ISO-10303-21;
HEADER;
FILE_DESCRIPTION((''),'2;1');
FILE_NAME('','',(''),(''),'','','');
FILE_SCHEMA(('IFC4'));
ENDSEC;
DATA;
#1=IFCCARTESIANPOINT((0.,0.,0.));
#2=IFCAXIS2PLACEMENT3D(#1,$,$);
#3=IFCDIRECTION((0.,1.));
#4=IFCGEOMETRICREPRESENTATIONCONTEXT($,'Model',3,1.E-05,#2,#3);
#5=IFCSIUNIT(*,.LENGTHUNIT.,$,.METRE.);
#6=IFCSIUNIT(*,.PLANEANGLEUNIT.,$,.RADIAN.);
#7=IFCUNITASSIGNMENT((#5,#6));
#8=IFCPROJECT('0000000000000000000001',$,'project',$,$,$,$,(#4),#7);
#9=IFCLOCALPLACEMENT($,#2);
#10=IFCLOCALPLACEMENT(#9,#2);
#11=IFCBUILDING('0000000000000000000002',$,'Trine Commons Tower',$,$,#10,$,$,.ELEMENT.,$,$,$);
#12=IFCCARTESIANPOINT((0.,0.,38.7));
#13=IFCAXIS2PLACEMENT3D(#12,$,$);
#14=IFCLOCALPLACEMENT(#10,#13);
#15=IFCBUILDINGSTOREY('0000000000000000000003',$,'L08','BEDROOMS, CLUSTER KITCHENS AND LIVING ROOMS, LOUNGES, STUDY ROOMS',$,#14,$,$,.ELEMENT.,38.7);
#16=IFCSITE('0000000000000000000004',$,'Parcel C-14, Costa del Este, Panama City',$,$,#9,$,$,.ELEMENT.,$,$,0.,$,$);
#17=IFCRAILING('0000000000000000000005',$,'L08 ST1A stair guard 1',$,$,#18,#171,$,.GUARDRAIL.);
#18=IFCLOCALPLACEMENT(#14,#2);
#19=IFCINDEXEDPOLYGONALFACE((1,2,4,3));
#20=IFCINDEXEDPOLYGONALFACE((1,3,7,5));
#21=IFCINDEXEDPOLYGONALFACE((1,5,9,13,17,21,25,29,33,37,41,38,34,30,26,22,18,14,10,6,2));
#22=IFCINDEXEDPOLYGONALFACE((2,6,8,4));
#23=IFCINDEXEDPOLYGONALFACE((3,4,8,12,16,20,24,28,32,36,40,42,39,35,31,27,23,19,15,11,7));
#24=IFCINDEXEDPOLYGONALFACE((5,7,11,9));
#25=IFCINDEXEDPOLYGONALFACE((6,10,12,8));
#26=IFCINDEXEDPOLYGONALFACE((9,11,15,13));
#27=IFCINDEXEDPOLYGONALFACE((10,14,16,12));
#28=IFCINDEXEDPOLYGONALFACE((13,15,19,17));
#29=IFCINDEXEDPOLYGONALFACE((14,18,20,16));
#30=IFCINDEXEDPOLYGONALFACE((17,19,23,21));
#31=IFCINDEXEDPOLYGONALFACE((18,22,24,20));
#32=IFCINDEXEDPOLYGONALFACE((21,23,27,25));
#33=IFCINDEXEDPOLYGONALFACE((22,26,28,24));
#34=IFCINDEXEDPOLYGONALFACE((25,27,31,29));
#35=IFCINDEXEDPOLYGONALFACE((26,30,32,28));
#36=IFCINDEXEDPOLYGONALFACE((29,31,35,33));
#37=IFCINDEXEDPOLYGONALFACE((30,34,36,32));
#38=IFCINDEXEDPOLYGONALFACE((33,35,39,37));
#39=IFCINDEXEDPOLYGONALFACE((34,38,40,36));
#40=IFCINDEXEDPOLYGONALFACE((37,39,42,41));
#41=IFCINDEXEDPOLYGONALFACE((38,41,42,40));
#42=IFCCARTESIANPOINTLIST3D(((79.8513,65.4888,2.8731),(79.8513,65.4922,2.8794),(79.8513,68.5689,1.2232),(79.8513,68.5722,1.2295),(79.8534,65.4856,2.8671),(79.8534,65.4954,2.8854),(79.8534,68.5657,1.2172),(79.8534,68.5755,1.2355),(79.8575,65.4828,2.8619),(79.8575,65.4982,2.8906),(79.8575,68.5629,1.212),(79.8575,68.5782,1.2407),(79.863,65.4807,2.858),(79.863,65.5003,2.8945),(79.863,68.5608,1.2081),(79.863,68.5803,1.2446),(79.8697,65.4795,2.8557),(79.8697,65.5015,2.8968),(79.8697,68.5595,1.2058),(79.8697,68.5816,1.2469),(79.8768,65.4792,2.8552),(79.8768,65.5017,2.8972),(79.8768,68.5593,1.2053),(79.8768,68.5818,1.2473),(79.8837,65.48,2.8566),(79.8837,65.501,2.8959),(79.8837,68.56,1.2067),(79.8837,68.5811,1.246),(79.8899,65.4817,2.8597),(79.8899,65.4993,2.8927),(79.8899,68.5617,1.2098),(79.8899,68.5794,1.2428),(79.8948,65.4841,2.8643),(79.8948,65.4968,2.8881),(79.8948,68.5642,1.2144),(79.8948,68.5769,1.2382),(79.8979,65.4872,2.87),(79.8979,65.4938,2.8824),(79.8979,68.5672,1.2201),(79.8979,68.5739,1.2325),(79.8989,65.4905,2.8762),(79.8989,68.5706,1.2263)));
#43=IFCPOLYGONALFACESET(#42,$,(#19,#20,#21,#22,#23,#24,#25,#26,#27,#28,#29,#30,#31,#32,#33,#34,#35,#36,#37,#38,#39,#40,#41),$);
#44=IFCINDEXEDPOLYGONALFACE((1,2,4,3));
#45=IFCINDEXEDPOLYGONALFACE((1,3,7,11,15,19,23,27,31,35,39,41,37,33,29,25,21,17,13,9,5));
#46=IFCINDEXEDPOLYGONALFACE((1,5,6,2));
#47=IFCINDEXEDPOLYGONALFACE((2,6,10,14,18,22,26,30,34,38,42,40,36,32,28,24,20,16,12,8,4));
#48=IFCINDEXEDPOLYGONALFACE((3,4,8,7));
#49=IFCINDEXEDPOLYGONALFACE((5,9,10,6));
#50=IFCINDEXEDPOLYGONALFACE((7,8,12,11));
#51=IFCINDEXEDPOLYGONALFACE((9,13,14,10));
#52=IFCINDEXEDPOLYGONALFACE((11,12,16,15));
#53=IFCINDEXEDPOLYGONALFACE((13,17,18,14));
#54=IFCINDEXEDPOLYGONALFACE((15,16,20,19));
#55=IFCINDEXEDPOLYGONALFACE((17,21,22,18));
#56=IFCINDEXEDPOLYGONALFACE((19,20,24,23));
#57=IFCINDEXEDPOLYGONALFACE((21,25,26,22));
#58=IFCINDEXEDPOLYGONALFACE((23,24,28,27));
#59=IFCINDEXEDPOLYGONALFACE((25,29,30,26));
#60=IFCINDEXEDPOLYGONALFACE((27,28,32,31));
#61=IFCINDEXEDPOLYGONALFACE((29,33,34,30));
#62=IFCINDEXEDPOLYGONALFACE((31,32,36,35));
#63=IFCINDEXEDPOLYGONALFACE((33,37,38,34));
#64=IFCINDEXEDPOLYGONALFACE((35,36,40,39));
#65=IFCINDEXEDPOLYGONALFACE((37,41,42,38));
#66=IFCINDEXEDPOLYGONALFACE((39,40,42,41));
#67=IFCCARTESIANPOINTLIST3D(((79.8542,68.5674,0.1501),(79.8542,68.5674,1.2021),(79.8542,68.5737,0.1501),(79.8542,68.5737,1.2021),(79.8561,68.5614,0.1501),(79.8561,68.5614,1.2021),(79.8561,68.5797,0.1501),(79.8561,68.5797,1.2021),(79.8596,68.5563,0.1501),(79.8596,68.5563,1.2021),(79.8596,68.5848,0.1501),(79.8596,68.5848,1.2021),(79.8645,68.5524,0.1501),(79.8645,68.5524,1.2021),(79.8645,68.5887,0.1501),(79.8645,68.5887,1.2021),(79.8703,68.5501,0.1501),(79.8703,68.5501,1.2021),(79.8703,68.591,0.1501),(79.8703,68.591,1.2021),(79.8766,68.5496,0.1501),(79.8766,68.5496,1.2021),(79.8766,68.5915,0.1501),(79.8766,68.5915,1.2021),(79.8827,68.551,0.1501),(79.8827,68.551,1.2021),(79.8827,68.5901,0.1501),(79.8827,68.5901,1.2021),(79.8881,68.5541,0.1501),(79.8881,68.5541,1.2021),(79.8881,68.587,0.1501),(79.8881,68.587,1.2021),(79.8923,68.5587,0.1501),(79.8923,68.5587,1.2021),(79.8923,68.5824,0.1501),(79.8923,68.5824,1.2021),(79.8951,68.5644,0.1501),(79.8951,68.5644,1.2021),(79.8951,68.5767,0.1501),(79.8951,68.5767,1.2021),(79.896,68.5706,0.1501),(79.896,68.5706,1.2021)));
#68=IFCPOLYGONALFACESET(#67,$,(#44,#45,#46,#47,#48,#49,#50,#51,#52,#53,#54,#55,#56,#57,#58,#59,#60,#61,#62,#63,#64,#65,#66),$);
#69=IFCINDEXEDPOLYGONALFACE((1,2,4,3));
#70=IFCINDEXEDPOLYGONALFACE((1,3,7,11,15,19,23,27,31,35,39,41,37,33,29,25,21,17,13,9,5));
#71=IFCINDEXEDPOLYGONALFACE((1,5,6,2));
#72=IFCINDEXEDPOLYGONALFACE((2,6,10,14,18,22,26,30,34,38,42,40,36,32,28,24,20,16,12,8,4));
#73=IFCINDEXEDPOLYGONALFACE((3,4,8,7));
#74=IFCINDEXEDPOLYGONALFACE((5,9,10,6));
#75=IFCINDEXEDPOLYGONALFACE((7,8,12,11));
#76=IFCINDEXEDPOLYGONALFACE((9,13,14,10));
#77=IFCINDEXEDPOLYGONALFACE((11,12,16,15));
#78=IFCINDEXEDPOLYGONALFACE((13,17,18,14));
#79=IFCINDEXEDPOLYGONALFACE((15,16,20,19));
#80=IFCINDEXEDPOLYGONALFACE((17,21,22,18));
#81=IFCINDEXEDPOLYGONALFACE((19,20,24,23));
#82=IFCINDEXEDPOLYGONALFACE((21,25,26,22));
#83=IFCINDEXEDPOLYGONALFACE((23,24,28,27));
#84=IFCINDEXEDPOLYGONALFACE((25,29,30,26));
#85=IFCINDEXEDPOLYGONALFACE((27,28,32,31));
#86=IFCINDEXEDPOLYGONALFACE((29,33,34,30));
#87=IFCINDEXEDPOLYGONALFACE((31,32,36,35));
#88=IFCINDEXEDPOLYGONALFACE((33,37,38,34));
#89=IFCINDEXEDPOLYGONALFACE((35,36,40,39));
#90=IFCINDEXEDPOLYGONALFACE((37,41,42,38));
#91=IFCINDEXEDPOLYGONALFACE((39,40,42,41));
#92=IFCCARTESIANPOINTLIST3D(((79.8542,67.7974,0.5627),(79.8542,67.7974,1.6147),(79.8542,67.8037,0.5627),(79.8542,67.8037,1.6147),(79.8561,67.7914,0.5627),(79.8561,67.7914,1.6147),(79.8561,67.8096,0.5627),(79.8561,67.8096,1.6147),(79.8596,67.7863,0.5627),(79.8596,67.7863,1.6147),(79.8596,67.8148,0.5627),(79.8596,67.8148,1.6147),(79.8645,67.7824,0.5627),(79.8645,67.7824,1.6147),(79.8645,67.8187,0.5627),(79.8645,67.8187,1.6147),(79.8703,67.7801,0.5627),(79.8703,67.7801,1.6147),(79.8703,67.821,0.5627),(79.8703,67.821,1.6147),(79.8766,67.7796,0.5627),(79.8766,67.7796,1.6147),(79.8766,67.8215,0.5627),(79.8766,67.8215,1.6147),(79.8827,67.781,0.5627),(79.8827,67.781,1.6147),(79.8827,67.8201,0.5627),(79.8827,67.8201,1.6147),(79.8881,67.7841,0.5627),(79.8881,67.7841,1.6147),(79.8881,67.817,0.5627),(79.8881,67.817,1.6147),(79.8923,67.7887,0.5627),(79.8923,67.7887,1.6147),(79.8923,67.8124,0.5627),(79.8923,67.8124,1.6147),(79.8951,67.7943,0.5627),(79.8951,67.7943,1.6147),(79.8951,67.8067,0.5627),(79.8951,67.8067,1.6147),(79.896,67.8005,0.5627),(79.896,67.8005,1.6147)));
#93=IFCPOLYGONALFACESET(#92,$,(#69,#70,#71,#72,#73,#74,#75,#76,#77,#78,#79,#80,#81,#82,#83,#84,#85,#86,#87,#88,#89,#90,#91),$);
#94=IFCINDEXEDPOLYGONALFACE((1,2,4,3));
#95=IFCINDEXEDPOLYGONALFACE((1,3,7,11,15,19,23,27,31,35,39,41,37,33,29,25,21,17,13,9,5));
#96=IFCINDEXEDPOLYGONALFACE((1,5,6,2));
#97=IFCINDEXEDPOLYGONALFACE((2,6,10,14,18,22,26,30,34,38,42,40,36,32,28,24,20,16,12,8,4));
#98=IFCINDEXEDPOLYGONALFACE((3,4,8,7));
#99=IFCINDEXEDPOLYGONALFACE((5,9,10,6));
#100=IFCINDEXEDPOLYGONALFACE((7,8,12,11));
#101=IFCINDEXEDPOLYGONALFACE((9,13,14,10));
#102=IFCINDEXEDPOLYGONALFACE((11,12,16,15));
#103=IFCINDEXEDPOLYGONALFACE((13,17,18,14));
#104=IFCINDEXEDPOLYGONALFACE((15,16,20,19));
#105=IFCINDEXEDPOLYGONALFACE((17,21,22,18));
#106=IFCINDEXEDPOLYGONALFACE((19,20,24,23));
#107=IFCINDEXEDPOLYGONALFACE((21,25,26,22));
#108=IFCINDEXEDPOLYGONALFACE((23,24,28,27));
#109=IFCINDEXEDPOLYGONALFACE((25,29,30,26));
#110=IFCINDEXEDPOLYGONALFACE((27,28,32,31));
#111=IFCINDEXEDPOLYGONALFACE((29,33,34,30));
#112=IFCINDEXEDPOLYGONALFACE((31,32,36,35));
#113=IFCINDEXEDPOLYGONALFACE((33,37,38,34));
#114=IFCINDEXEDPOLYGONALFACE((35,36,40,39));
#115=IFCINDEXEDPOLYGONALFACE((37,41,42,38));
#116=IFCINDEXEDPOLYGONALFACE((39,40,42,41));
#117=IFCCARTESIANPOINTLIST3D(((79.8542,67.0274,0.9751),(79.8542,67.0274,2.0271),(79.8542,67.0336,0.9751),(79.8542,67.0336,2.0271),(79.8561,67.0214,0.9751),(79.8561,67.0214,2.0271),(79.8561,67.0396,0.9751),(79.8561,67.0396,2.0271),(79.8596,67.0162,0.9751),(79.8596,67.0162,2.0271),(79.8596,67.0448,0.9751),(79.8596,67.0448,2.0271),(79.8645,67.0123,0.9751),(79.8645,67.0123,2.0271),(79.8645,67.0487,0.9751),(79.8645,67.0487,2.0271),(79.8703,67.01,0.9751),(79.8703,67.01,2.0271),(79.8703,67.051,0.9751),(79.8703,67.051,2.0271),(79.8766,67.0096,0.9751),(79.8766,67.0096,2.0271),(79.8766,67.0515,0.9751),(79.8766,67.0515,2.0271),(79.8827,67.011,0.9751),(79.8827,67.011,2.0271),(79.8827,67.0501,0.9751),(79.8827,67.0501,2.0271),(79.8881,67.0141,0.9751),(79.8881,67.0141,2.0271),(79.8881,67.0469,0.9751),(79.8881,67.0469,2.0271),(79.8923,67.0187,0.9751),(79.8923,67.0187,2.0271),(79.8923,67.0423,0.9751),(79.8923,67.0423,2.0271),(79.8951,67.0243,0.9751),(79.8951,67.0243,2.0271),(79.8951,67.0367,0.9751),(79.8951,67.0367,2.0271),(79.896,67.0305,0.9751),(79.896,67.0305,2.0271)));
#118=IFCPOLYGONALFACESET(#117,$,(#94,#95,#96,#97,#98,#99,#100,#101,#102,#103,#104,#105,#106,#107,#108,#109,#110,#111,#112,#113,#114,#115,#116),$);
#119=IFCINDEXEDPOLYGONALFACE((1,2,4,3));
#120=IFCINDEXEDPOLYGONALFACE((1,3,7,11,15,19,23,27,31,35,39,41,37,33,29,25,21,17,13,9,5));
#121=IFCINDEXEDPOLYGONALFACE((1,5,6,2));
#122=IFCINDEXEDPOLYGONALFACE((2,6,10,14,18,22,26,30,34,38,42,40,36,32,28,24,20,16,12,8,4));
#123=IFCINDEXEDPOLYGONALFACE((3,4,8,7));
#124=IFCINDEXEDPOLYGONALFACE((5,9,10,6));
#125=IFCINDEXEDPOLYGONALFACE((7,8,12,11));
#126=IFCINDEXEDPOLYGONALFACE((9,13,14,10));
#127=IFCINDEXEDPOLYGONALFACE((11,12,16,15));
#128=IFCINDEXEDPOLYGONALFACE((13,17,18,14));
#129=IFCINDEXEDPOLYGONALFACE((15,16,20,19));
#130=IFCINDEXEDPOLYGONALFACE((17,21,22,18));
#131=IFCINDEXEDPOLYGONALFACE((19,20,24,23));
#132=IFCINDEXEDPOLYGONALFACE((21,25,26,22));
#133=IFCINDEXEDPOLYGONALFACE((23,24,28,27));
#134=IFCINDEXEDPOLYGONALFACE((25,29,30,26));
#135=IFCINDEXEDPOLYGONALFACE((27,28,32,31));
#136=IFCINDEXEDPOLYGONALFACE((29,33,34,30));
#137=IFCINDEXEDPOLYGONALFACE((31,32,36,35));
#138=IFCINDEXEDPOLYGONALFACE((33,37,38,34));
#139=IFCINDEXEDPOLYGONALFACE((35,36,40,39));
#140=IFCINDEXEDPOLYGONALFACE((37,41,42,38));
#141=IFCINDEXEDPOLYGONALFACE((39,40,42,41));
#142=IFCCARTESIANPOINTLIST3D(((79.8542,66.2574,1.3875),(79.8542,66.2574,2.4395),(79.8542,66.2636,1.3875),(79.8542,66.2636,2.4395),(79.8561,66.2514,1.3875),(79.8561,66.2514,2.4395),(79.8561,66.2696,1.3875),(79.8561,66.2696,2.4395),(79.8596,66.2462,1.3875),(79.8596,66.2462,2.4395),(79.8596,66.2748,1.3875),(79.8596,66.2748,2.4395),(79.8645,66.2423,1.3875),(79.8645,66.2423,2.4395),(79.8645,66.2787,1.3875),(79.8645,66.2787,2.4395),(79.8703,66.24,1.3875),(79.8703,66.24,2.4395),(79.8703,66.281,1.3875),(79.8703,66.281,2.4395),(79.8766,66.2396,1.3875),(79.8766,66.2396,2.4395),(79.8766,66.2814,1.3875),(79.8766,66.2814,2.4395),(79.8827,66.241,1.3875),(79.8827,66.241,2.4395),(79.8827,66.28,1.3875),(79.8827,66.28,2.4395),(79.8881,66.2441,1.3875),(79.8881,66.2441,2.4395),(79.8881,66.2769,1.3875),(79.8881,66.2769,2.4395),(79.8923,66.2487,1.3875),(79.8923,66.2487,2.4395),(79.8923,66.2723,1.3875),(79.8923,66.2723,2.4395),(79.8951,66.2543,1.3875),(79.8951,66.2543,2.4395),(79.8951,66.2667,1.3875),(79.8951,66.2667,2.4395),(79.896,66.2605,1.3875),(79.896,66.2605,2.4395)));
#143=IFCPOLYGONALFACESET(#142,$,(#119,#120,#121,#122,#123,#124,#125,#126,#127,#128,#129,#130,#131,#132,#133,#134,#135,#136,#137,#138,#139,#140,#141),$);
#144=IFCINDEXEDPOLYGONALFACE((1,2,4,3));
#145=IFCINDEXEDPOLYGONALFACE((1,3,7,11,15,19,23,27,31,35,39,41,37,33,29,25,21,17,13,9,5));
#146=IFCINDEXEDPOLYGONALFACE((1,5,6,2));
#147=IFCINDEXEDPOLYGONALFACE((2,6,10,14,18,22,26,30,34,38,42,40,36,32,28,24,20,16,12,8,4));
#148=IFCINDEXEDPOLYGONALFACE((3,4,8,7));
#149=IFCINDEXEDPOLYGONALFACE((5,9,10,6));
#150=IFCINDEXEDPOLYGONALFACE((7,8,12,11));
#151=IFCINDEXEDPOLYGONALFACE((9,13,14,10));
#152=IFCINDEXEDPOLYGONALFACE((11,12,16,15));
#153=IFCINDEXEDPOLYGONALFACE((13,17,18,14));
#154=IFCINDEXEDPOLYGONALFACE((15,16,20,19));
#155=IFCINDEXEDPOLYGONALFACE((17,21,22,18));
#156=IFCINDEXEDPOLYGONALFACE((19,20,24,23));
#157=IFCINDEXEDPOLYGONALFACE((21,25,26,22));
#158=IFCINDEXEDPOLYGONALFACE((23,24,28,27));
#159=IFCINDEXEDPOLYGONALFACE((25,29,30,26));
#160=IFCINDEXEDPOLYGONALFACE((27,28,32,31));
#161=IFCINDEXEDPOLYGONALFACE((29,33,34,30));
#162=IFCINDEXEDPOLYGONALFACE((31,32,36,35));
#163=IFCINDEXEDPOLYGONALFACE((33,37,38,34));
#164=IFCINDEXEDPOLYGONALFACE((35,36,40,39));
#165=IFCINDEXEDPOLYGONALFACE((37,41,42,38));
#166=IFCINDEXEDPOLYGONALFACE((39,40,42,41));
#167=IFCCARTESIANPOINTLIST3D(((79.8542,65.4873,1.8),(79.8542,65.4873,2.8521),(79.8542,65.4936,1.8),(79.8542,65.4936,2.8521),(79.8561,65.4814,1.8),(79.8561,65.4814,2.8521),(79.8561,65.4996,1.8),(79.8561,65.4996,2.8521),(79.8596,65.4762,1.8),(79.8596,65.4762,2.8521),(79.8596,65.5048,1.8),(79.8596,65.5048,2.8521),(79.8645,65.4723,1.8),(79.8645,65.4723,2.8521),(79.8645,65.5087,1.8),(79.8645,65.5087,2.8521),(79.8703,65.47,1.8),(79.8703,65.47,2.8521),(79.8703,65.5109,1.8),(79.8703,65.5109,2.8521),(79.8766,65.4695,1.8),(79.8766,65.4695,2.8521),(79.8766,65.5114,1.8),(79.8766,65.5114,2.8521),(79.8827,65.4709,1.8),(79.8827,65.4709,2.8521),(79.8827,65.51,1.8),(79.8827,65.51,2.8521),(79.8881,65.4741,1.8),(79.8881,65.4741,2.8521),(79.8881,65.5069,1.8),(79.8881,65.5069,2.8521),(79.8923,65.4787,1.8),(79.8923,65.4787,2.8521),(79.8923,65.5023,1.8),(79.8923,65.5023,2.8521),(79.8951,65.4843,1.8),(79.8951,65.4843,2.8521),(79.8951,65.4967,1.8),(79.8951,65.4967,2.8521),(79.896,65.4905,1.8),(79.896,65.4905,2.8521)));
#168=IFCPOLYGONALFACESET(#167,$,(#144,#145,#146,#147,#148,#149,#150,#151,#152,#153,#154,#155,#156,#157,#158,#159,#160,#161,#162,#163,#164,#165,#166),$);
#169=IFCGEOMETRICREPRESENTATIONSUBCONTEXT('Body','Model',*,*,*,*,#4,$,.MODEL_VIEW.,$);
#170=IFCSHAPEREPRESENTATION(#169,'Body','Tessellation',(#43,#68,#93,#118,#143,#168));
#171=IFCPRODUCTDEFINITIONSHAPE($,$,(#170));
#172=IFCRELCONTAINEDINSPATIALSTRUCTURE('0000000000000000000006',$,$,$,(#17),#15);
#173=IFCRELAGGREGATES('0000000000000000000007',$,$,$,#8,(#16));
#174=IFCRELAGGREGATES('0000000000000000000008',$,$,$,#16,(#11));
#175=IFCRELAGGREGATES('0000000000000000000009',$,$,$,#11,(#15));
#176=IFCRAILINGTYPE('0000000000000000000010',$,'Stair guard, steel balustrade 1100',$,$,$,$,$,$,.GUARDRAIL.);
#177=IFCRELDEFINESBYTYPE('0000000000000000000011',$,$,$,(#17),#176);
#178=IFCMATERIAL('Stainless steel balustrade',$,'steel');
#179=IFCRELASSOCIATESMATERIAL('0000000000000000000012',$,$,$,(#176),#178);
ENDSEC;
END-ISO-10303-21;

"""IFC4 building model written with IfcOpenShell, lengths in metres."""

from ifc_helpers import new_model, si_unit, direction, frame, origin, origin_2d, place, context, subcontext, project, spatial, circle, extrude, material, type_object, element, save


model = new_model("IFC4")

# Units and contexts
model_context = context("Model", 3, precision=1e-05, world=origin(), true_north=direction((0.0, 1.0)))
body_context = subcontext(model_context, "Body", "Model", "MODEL_VIEW")
ifc_project = project(units=[si_unit("LENGTHUNIT", "METRE"), si_unit("PLANEANGLEUNIT", "RADIAN")], contexts=[model_context])

# Site, building, storey
site_placement = place(None, origin())
site = spatial("IfcSite", under=ifc_project, at=site_placement, Name="Parcel C-14, Costa del Este, Panama City", CompositionType="ELEMENT", RefElevation=0.0)
building_placement = place(site_placement, origin())
building = spatial("IfcBuilding", under=site, at=building_placement, Name="Trine Commons Tower", CompositionType="ELEMENT")
storey_placement = place(building_placement, frame((0.0, 0.0, 38.7)))
storey = spatial("IfcBuildingStorey", under=building, at=storey_placement, Name="L08", Description="BEDROOMS, CLUSTER KITCHENS AND LIVING ROOMS, LOUNGES, STUDY ROOMS", CompositionType="ELEMENT", Elevation=38.7)

# Railing
ifc_material_1 = material(Name="Stainless steel balustrade", Category="steel")
railing_type = type_object("IfcRailingType", Name="Stair guard, steel balustrade 1100", PredefinedType="GUARDRAIL", material=ifc_material_1)
railing_1_placement = place(storey_placement, frame((79.875, 68.5706, 0.1501)))
element("IfcRailing", 1, at=railing_1_placement, inside=storey, type_object=railing_type, Name="L08 ST1A stair guard 1", PredefinedType="GUARDRAIL", context=body_context, shape_type="SweptSolid", body=[
    extrude(circle(Radius=0.0239, at=origin_2d()), frame((0.0, 0.0, 1.0762), z_axis=(0.0, -0.881497, 0.47219), x_axis=(1.0, 0.0, 0.0)), (0.0, 0.0, 1.0), 3.4941),
    extrude(circle(Radius=0.021, at=origin_2d()), origin(), (0.0, 0.0, 1.0), 1.052),
    extrude(circle(Radius=0.021, at=origin_2d()), frame((0.0, -0.77, 0.4126)), (0.0, 0.0, 1.0), 1.052),
    extrude(circle(Radius=0.021, at=origin_2d()), frame((0.0, -1.54, 0.825)), (0.0, 0.0, 1.0), 1.052),
    extrude(circle(Radius=0.021, at=origin_2d()), frame((0.0, -2.3101, 1.2373)), (0.0, 0.0, 1.0), 1.052),
    extrude(circle(Radius=0.021, at=origin_2d()), frame((0.0, -3.0801, 1.6499)), (0.0, 0.0, 1.0), 1.052),
])

save(model, "model.ifc")
